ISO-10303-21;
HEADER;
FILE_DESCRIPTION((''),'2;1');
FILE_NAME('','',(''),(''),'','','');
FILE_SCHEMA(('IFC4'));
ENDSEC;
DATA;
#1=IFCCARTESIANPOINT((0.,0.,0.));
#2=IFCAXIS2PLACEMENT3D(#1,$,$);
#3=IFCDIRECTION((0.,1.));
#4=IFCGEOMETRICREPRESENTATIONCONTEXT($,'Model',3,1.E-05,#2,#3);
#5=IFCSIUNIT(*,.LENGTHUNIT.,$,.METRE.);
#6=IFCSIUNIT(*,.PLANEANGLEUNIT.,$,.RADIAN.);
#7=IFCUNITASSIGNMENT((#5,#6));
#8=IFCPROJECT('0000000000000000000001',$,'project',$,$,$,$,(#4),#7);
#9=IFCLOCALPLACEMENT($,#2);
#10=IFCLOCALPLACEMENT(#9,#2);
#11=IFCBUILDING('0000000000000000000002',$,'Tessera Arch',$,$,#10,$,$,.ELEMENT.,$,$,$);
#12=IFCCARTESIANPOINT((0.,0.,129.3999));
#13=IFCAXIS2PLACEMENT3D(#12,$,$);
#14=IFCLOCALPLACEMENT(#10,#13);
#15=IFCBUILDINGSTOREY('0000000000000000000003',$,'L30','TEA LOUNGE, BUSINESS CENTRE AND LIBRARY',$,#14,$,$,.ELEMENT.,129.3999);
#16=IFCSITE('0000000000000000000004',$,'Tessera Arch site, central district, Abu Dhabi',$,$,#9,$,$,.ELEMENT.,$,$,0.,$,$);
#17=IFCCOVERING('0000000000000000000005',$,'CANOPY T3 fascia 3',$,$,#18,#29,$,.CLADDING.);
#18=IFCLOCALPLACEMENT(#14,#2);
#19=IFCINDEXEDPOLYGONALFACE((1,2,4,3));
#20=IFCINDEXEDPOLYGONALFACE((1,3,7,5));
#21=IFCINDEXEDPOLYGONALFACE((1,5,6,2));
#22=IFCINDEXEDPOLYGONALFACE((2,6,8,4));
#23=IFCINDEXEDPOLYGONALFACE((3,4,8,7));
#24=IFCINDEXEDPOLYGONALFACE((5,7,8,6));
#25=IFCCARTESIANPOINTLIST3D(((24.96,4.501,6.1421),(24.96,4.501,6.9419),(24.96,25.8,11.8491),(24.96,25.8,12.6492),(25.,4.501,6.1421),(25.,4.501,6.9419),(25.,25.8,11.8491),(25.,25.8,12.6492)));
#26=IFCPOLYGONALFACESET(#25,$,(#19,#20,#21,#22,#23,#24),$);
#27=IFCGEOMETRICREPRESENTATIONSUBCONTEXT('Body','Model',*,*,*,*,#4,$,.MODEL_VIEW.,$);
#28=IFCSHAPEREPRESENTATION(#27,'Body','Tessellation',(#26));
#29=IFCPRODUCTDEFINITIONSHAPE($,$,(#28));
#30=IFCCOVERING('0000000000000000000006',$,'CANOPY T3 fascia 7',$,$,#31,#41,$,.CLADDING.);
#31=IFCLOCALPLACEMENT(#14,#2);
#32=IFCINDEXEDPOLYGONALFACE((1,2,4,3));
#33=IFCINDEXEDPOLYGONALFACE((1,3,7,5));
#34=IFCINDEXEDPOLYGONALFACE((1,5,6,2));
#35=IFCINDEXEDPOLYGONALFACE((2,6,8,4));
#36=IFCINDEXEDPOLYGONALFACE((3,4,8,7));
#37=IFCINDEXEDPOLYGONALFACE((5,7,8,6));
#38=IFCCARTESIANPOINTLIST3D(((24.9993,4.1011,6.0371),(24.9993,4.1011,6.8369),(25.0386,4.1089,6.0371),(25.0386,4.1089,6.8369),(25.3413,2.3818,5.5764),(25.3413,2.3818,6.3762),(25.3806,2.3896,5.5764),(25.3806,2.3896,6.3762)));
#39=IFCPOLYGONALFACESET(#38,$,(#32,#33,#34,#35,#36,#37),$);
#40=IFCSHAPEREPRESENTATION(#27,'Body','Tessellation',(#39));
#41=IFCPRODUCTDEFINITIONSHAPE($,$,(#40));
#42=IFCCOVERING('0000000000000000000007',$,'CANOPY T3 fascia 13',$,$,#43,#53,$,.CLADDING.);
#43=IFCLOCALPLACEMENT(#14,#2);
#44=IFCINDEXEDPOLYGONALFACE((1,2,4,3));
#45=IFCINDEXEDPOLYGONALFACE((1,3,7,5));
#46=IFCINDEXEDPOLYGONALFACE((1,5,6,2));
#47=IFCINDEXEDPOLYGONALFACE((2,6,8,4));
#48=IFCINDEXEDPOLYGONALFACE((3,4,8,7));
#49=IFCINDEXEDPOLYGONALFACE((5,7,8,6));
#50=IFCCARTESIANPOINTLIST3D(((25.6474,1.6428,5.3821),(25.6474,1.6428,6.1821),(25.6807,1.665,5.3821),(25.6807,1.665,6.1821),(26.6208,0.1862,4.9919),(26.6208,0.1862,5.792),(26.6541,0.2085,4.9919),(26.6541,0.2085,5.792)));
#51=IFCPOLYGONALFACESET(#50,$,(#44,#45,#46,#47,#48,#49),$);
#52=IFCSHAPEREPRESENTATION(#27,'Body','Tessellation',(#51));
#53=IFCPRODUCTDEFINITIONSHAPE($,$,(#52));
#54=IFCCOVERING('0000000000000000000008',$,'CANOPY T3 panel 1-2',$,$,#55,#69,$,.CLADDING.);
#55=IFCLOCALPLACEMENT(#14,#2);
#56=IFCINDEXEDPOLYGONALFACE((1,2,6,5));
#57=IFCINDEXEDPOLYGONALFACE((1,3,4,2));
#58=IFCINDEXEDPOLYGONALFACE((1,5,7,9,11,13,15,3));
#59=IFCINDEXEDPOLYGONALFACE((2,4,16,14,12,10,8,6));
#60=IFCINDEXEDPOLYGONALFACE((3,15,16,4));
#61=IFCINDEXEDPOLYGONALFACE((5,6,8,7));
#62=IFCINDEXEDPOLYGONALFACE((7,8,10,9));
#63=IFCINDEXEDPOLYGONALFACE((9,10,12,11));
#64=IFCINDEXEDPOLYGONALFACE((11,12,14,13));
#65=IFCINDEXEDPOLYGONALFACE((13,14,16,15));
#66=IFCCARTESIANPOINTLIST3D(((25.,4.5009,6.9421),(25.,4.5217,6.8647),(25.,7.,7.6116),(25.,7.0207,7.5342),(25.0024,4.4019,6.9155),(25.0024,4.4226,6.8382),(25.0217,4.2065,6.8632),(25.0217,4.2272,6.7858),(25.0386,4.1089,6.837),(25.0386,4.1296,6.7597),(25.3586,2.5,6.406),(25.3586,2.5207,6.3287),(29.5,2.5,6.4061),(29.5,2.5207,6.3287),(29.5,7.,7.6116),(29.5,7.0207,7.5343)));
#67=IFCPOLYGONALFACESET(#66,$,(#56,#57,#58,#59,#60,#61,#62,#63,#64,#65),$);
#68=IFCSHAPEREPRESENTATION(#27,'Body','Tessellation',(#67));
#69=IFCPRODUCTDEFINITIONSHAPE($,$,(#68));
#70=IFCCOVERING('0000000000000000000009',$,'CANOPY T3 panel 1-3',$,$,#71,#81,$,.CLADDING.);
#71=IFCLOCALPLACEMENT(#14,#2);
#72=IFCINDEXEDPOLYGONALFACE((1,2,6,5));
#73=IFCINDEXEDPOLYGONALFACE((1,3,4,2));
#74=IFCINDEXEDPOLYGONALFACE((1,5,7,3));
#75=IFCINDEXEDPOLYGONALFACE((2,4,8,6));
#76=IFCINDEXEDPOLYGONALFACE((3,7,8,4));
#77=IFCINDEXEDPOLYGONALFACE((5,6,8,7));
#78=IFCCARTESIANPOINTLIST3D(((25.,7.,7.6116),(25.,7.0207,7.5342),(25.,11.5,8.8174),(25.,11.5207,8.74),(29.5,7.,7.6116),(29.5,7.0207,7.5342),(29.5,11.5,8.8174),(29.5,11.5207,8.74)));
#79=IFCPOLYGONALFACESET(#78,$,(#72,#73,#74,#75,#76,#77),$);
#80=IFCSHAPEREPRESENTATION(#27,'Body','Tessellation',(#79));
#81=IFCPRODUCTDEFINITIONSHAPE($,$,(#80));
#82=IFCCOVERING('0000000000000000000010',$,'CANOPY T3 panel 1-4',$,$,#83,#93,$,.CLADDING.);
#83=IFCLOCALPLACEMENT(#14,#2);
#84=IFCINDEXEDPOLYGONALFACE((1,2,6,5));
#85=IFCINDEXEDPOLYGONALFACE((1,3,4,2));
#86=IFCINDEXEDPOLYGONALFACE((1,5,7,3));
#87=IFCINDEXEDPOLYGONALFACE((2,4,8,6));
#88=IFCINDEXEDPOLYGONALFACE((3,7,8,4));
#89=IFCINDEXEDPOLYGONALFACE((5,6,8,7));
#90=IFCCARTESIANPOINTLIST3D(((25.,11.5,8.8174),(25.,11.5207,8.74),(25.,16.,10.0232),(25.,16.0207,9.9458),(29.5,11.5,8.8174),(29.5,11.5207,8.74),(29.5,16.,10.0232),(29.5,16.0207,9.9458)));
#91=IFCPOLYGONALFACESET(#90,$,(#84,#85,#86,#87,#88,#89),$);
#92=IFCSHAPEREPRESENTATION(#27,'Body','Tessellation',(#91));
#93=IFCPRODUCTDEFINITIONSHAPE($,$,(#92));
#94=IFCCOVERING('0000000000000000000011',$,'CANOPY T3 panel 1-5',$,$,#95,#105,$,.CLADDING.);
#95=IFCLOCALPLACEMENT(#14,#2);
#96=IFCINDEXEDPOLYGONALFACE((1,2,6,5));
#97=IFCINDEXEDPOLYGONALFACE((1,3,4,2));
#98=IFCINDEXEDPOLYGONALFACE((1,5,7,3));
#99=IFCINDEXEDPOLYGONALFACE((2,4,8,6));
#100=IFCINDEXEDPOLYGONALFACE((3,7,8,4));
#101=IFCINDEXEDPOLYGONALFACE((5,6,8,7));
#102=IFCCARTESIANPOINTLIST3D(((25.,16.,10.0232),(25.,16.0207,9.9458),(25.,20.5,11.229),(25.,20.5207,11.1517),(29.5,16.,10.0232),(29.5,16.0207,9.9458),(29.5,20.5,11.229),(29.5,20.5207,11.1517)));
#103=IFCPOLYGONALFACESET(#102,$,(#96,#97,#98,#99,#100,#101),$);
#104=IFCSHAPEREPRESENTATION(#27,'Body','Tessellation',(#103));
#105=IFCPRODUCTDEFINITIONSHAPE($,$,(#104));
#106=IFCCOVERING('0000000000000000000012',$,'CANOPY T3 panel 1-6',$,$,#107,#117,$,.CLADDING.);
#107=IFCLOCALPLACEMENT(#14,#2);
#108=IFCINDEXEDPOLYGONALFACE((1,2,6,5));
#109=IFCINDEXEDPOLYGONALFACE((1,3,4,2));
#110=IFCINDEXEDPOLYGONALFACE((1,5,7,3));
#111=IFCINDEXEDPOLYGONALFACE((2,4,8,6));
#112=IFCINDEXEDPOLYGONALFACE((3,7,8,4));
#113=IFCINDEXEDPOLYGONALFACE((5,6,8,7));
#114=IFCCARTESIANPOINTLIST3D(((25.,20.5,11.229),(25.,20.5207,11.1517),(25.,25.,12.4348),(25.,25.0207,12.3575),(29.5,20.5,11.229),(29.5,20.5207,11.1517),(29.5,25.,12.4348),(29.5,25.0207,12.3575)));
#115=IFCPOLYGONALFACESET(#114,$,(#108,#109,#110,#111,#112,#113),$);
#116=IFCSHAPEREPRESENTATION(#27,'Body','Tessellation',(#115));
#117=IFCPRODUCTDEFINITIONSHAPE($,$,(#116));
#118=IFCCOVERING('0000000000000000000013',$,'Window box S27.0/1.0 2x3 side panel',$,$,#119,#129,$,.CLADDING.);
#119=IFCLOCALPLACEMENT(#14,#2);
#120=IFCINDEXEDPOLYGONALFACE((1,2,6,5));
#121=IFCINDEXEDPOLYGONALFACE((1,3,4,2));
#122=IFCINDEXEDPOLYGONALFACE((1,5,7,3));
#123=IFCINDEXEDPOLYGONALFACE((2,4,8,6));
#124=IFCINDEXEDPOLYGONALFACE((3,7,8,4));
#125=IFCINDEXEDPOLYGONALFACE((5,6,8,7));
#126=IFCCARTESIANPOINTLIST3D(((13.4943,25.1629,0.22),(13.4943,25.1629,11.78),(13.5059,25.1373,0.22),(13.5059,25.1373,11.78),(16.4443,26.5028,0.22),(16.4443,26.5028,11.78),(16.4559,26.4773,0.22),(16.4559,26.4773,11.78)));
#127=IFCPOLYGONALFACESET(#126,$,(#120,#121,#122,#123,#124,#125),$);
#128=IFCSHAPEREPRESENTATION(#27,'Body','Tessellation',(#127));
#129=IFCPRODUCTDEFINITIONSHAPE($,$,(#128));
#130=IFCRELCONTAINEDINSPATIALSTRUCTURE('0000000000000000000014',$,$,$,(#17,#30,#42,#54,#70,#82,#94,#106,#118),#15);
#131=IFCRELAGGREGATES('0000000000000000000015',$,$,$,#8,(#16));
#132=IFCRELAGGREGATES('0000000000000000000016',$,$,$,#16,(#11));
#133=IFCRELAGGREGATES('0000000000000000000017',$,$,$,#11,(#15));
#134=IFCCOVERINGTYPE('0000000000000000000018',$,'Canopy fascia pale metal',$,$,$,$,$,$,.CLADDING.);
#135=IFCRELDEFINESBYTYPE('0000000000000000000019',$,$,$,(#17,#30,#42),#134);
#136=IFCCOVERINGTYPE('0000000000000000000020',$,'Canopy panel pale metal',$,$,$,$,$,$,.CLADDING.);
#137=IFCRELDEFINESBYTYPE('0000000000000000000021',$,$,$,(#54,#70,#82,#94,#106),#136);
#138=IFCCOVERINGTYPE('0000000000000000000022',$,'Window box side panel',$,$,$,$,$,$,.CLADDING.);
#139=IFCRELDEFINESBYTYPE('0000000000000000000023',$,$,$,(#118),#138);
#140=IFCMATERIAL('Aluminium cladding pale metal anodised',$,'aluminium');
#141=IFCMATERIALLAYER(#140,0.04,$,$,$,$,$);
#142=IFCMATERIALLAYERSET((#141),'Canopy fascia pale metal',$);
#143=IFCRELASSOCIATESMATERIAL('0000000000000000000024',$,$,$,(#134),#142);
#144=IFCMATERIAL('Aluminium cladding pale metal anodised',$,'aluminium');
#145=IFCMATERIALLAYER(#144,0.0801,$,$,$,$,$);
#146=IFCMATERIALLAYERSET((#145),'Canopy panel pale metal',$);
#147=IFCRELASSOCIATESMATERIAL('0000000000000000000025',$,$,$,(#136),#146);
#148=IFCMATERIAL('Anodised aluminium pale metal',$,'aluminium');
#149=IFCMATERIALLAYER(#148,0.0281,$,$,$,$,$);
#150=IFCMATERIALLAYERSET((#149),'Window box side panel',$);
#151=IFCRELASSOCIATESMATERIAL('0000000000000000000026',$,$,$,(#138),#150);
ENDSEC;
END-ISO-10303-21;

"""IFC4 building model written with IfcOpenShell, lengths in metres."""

from ifc_helpers import new_model, si_unit, direction, frame, origin, origin_2d, place, context, subcontext, project, spatial, polyline, rectangle, outline, extrude, material, layer, layer_set, type_object, element, save


model = new_model("IFC4")

# Units and contexts
model_context = context("Model", 3, precision=1e-05, world=origin(), true_north=direction((0.0, 1.0)))
body_context = subcontext(model_context, "Body", "Model", "MODEL_VIEW")
ifc_project = project(units=[si_unit("LENGTHUNIT", "METRE"), si_unit("PLANEANGLEUNIT", "RADIAN")], contexts=[model_context])

# Site, building, storey
site_placement = place(None, origin())
site = spatial("IfcSite", under=ifc_project, at=site_placement, Name="Tessera Arch site, central district, Abu Dhabi", CompositionType="ELEMENT", RefElevation=0.0)
building_placement = place(site_placement, origin())
building = spatial("IfcBuilding", under=site, at=building_placement, Name="Tessera Arch", CompositionType="ELEMENT")
storey_placement = place(building_placement, frame((0.0, 0.0, 129.3999)))
storey = spatial("IfcBuildingStorey", under=building, at=storey_placement, Name="L30", Description="TEA LOUNGE, BUSINESS CENTRE AND LIBRARY", CompositionType="ELEMENT", Elevation=129.3999)

# Coverings
ifc_material_1 = material(Name="Aluminium cladding pale metal anodised", Category="aluminium")
ifc_layer_1 = layer(ifc_material_1, 0.04)
ifc_layer_set_1 = layer_set([ifc_layer_1], Name="Canopy fascia pale metal")
covering_type_1 = type_object("IfcCoveringType", Name="Canopy fascia pale metal", PredefinedType="CLADDING", material=ifc_layer_set_1)
covering_1_placement = place(storey_placement, frame((25.0, 25.8, 12.6492), z_axis=(1.0, 0.0, 0.0), x_axis=(0.0, -0.965923, -0.258828)))
element("IfcCovering", 1, at=covering_1_placement, inside=storey, type_object=covering_type_1, Name="CANOPY T3 fascia 3", PredefinedType="CLADDING", context=body_context, shape_type="SweptSolid", body=[
    extrude(outline(polyline([(0.0, 0.0), (22.0505, 0.0), (22.2575, 0.7726), (0.2071, 0.7728), (0.0, 0.0)])), origin(), (0.0, 0.0, -1.0), 0.04),
])
covering_2_placement = place(storey_placement, frame((25.0386, 4.1089, 6.8369), z_axis=(0.980778, 0.195125, 0.0), x_axis=(0.188716, -0.948566, -0.254181)))
element("IfcCovering", 2, at=covering_2_placement, inside=storey, type_object=covering_type_1, Name="CANOPY T3 fascia 7", PredefinedType="CLADDING", context=body_context, shape_type="SweptSolid", body=[
    extrude(outline(polyline([(0.0, 0.0), (1.8125, 0.0), (2.0158, 0.7735), (0.2033, 0.7735), (0.0, 0.0)])), origin(), (0.0, 0.0, -1.0), 0.04),
])
covering_3_placement = place(storey_placement, frame((25.6807, 1.665, 6.1821), z_axis=(0.831428, 0.555632, 0.0), x_axis=(0.542346, -0.811547, -0.217374)))
element("IfcCovering", 3, at=covering_3_placement, inside=storey, type_object=covering_type_1, Name="CANOPY T3 fascia 13", PredefinedType="CLADDING", context=body_context, shape_type="SweptSolid", body=[
    extrude(outline(polyline([(0.0, 0.0), (1.7948, 0.0), (1.9687, 0.7809), (0.1739, 0.7809), (0.0, 0.0)])), origin(), (0.0, 0.0, -1.0), 0.04),
])
ifc_material_2 = material(Name="Aluminium cladding pale metal anodised", Category="aluminium")
ifc_layer_2 = layer(ifc_material_2, 0.0801)
ifc_layer_set_2 = layer_set([ifc_layer_2], Name="Canopy panel pale metal")
covering_type_2 = type_object("IfcCoveringType", Name="Canopy panel pale metal", PredefinedType="CLADDING", material=ifc_layer_set_2)
covering_4_placement = place(storey_placement, frame((25.3586, 2.5, 6.406), z_axis=(-0.000017, -0.258779, 0.965937), x_axis=(1.0, -0.000004, 0.000017)))
element("IfcCovering", 4, at=covering_4_placement, inside=storey, type_object=covering_type_2, Name="CANOPY T3 panel 1-2", PredefinedType="CLADDING", context=body_context, shape_type="SweptSolid", body=[
    extrude(outline(polyline([(0.0, 0.0), (4.1414, 0.0), (4.1414, 4.6587), (-0.3586, 4.6587), (-0.3586, 2.0715), (-0.3562, 1.9689), (-0.3369, 1.7667), (-0.3201, 1.6656), (0.0, 0.0)])), origin(), (0.0, 0.0, -1.0), 0.0801),
])
for number, where, z_axis, x_axis, name in (
    (5, (25.0, 7.0, 7.6116), (0.0, -0.258827, 0.965924), (1.0, 0.0, 0.0), "CANOPY T3 panel 1-3"),
    (6, (25.0, 11.5, 8.8174), (0.0, -0.258827, 0.965924), (1.0, 0.0, 0.0), "CANOPY T3 panel 1-4"),
    (7, (25.0, 16.0, 10.0232), (0.0, -0.258827, 0.965924), (1.0, 0.0, 0.0), "CANOPY T3 panel 1-5"),
    (8, (25.0, 20.5, 11.229), (0.0, -0.258827, 0.965924), (1.0, 0.0, 0.0), "CANOPY T3 panel 1-6"),
):
    element("IfcCovering", number, at=place(storey_placement, frame(where, z_axis=z_axis, x_axis=x_axis)), inside=storey, type_object=covering_type_2, Name=name, PredefinedType="CLADDING", context=body_context, shape_type="SweptSolid", body=[
        extrude(outline(polyline([(0.0, 0.0), (4.5, 0.0), (4.5, 4.6588), (0.0, 4.6588), (0.0, 0.0)])), origin(), (0.0, 0.0, -1.0), 0.0801),
    ])
ifc_material_3 = material(Name="Anodised aluminium pale metal", Category="aluminium")
ifc_layer_3 = layer(ifc_material_3, 0.0281)
ifc_layer_set_3 = layer_set([ifc_layer_3], Name="Window box side panel")
covering_type_3 = type_object("IfcCoveringType", Name="Window box side panel", PredefinedType="CLADDING", material=ifc_layer_set_3)
covering_5_placement = place(storey_placement, frame((14.9751, 25.8201, 0.22), z_axis=(0.0, 0.0, 1.0), x_axis=(-0.910472, -0.41357, 0.0)))
element("IfcCovering", 9, at=covering_5_placement, inside=storey, type_object=covering_type_3, Name="Window box S27.0/1.0 2x3 side panel", PredefinedType="CLADDING", context=body_context, shape_type="SweptSolid", body=[
    extrude(rectangle(XDim=3.24, YDim=0.0281, at=origin_2d()), origin(), (0.0, 0.0, 1.0), 11.5601),
])

save(model, "model.ifc")
